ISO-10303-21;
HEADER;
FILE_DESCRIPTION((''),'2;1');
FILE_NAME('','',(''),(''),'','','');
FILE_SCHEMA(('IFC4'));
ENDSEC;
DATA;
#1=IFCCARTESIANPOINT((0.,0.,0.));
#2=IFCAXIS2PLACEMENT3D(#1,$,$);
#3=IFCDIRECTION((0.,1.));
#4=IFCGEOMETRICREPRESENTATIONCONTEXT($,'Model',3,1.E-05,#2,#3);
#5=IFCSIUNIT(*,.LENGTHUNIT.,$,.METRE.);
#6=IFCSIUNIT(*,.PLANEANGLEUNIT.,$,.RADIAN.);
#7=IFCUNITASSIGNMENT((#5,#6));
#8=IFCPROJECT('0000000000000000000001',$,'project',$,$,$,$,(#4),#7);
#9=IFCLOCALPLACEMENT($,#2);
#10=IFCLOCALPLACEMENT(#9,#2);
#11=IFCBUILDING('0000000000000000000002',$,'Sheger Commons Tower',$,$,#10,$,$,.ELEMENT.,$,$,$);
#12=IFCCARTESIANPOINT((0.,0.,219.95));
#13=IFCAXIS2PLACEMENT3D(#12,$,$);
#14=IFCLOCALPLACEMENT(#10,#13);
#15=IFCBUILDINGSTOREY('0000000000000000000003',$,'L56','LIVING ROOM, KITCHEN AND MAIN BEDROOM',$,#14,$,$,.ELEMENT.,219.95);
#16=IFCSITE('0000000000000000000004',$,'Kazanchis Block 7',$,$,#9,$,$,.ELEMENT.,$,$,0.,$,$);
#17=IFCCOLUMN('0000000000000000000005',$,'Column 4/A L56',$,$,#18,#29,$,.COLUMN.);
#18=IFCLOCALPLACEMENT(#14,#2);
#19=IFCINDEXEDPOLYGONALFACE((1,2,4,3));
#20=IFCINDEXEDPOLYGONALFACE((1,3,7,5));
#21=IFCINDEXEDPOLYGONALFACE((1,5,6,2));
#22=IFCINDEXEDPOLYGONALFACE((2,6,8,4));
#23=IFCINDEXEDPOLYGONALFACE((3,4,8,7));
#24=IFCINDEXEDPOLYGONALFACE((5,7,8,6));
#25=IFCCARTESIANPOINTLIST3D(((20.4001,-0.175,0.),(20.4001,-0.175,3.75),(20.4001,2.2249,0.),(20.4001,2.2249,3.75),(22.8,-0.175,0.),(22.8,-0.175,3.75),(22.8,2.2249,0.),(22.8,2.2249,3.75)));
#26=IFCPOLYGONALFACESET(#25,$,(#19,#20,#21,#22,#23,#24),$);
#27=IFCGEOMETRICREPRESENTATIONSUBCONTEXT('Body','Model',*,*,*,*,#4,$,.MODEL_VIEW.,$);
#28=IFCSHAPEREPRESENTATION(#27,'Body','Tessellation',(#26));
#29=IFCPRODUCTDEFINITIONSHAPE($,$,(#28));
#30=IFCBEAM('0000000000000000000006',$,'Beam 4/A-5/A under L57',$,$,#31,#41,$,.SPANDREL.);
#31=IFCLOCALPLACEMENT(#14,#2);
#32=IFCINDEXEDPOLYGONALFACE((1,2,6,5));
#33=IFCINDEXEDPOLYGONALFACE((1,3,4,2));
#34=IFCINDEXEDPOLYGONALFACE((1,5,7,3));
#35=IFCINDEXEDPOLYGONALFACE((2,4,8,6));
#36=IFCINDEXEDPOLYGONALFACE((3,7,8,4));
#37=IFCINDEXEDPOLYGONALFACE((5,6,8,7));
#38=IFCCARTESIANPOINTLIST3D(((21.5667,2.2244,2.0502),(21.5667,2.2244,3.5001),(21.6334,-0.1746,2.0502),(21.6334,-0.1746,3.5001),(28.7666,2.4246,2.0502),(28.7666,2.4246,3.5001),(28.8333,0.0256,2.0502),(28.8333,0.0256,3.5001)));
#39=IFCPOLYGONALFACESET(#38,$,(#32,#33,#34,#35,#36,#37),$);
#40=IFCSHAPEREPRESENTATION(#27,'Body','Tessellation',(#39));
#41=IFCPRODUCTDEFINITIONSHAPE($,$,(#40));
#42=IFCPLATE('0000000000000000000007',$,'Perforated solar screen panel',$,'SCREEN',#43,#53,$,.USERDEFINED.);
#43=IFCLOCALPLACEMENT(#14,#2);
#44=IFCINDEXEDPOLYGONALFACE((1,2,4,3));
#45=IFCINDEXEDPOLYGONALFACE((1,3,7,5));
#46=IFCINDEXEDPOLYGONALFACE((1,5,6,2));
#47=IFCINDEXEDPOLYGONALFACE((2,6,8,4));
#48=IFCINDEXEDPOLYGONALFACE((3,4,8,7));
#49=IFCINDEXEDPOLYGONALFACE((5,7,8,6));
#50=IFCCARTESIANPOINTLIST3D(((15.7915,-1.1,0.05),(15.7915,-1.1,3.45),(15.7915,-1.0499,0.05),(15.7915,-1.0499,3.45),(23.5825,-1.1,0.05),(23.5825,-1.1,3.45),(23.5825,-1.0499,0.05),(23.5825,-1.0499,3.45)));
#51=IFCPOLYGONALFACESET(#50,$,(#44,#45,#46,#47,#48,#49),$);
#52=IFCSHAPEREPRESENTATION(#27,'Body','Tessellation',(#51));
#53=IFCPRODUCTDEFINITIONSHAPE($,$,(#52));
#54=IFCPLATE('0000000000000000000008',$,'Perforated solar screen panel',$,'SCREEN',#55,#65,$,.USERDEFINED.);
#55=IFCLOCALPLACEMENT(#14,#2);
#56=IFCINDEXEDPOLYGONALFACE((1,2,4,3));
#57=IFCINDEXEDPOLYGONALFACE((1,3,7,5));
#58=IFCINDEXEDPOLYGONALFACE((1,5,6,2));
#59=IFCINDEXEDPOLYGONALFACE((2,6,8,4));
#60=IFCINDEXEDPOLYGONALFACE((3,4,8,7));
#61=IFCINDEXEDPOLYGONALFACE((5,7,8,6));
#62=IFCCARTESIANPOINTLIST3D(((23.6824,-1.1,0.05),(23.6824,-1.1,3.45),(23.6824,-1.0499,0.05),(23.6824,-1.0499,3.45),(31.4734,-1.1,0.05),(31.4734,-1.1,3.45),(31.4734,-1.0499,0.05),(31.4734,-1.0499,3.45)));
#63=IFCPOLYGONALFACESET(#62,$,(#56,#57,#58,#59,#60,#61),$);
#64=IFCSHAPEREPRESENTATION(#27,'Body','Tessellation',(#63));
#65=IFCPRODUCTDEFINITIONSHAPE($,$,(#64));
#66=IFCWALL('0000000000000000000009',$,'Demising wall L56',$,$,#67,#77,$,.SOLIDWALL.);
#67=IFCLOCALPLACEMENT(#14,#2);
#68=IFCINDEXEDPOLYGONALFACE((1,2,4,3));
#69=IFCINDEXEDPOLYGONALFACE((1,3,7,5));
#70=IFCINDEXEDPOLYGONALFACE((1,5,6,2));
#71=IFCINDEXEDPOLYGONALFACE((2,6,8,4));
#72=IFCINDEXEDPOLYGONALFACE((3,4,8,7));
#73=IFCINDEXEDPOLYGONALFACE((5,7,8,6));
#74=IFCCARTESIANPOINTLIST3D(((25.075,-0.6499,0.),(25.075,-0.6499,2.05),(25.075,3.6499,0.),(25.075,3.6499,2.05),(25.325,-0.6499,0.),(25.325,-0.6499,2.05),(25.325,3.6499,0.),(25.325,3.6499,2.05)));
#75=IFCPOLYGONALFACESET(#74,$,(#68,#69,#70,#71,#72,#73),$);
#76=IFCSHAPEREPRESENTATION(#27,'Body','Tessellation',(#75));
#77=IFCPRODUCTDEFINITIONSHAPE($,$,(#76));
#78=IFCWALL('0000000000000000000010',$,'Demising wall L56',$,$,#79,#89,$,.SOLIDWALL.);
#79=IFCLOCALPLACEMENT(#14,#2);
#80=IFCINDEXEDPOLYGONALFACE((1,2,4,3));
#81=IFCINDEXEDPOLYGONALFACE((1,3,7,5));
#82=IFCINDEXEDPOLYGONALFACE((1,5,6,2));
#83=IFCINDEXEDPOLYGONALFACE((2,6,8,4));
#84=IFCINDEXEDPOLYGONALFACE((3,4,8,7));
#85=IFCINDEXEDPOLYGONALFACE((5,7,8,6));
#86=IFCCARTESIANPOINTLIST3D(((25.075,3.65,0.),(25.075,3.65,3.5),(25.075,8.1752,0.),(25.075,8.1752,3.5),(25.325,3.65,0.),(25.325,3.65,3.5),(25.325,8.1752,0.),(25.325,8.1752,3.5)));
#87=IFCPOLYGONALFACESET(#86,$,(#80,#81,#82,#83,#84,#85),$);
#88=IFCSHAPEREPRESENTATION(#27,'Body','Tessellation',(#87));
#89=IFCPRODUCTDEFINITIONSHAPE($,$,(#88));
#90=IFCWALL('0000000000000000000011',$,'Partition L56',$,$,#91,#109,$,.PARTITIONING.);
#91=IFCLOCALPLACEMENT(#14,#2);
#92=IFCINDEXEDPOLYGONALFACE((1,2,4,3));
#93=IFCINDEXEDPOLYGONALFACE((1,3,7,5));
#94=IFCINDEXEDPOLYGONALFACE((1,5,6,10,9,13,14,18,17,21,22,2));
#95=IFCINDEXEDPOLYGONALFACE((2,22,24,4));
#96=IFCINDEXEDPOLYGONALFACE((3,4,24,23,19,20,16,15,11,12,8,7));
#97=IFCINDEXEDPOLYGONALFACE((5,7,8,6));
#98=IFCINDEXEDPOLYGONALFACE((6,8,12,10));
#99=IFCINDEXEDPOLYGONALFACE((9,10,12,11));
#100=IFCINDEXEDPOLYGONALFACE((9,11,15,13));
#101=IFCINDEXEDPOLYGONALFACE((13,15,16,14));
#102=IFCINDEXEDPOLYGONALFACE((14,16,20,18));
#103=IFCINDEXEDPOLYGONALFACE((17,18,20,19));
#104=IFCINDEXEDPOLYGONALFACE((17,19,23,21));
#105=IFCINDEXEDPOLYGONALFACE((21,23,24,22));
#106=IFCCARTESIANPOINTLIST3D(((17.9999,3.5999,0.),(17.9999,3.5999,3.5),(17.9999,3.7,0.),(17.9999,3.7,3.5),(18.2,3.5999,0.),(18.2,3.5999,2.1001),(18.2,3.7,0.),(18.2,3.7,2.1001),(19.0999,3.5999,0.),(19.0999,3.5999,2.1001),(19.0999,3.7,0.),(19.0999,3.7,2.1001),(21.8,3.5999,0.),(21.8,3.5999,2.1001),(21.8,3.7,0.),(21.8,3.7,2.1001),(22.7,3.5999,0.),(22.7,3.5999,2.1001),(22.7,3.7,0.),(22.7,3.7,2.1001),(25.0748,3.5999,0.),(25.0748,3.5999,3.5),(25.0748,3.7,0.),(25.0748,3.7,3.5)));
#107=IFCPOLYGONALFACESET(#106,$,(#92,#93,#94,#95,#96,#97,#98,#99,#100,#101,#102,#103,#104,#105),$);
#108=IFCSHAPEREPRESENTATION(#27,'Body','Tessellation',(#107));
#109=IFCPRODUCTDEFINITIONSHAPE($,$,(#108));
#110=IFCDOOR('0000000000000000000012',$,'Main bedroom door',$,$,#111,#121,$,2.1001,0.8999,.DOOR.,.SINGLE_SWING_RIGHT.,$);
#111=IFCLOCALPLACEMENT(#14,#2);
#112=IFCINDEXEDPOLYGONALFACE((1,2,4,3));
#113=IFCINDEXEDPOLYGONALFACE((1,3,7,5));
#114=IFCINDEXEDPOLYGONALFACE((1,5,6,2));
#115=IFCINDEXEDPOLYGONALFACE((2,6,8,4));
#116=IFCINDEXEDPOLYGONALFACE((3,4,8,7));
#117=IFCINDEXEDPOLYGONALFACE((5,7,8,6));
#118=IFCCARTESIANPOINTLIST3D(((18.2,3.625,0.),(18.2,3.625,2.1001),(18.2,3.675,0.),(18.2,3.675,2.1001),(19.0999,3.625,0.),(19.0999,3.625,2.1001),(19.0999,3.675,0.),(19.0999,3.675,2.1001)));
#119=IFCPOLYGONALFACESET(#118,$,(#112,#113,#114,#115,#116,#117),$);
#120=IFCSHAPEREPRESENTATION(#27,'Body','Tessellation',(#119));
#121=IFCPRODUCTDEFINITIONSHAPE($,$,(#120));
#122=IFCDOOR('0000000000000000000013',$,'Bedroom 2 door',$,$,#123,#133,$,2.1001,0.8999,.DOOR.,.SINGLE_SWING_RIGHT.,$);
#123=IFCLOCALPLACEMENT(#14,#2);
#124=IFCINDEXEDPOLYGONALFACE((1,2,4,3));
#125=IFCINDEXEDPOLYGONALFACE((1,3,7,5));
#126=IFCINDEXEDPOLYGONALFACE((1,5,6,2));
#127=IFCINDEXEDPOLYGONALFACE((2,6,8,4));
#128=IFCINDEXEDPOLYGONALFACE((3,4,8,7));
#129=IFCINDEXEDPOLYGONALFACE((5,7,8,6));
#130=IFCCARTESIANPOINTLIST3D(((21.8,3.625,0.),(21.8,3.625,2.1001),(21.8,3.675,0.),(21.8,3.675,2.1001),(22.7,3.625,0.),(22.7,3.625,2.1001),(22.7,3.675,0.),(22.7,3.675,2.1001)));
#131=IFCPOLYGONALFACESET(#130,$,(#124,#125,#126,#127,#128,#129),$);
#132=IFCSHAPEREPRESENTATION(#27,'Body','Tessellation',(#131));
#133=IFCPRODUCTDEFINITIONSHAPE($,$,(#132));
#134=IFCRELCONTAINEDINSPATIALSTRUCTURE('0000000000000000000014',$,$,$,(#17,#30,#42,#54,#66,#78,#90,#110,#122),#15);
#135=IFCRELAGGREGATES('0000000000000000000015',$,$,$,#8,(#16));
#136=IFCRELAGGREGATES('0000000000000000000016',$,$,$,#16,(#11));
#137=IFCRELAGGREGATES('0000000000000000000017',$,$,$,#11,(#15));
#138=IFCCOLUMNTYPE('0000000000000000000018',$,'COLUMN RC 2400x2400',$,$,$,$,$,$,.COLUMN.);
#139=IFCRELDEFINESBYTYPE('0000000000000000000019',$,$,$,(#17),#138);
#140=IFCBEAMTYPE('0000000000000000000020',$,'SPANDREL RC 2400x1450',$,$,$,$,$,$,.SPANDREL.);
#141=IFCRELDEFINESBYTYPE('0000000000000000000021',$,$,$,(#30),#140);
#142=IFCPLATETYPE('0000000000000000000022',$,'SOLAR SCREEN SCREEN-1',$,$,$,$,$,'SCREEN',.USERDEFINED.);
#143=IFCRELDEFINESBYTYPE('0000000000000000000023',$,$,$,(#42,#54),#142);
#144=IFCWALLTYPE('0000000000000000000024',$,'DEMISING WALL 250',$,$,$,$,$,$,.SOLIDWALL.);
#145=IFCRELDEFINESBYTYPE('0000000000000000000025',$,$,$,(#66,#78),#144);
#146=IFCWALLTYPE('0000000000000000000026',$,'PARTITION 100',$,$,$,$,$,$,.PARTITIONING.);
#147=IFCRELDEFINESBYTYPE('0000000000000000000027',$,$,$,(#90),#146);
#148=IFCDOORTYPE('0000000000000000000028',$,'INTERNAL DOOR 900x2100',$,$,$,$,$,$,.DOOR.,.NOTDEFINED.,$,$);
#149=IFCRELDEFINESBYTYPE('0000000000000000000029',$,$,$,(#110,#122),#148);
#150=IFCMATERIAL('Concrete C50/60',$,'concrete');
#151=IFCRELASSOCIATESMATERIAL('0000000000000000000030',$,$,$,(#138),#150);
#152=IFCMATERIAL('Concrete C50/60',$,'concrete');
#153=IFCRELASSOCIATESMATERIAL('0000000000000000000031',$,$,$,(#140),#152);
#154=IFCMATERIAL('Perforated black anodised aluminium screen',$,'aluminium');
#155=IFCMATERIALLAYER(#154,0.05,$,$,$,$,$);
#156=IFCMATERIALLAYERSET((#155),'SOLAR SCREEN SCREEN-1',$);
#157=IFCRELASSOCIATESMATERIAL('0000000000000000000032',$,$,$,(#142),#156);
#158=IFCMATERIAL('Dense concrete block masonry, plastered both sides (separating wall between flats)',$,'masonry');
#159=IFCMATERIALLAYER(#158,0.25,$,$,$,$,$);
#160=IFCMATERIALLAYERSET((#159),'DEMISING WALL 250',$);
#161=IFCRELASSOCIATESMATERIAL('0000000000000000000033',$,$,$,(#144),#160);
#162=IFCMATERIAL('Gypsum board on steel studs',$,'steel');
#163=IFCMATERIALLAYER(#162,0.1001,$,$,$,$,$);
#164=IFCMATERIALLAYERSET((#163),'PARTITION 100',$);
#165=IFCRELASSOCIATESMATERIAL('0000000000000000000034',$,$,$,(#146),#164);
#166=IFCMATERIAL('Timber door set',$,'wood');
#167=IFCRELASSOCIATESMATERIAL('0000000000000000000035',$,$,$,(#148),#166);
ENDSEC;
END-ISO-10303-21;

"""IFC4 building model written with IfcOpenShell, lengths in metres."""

from ifc_helpers import new_model, si_unit, direction, frame, frame_2d, origin, origin_2d, place, context, subcontext, project, spatial, rectangle, extrude, material, layer, layer_set, material_profile, profile_set, type_object, element, fill, save


model = new_model("IFC4")

# Units and contexts
model_context = context("Model", 3, precision=1e-05, world=origin(), true_north=direction((0.0, 1.0)))
body_context = subcontext(model_context, "Body", "Model", "MODEL_VIEW")
ifc_project = project(units=[si_unit("LENGTHUNIT", "METRE"), si_unit("PLANEANGLEUNIT", "RADIAN")], contexts=[model_context])

# Site, building, storey
site_placement = place(None, origin())
site = spatial("IfcSite", under=ifc_project, at=site_placement, Name="Kazanchis Block 7", CompositionType="ELEMENT", RefElevation=0.0)
building_placement = place(site_placement, origin())
building = spatial("IfcBuilding", under=site, at=building_placement, Name="Sheger Commons Tower", CompositionType="ELEMENT")
storey_placement = place(building_placement, frame((0.0, 0.0, 219.95)))
storey = spatial("IfcBuildingStorey", under=building, at=storey_placement, Name="L56", Description="LIVING ROOM, KITCHEN AND MAIN BEDROOM", CompositionType="ELEMENT", Elevation=219.95)

# Column
ifc_material_1 = material(Name="Concrete C50/60", Category="concrete")
ifc_material_profile_1 = material_profile(ifc_material_1, rectangle(XDim=2.3999, YDim=2.3999, at=origin_2d()), Name="RC 2400x2400")
ifc_profile_set_1 = profile_set([ifc_material_profile_1], Name="Concrete C50/60")
column_type = type_object("IfcColumnType", Name="COLUMN RC 2400x2400", PredefinedType="COLUMN", material=ifc_profile_set_1)
column_placement = place(storey_placement, frame((21.6001, 1.0249, 0.0), z_axis=(0.0, 0.0, 1.0), x_axis=(1.0, 0.0, 0.0)))
element("IfcColumn", 1, at=column_placement, inside=storey, type_object=column_type, Name="Column 4/A L56", PredefinedType="COLUMN", context=body_context, shape_type="SweptSolid", body=[
    extrude(rectangle(XDim=2.3999, YDim=2.3999, at=origin_2d()), origin(), (0.0, 0.0, 1.0), 3.75),
])

# Beam
ifc_material_2 = material(Name="Concrete C50/60", Category="concrete")
ifc_material_profile_2 = material_profile(ifc_material_2, rectangle(XDim=2.3999, YDim=1.45, at=origin_2d()), Name="RC 2400x1450")
ifc_profile_set_2 = profile_set([ifc_material_profile_2], Name="Concrete C50/60")
beam_type = type_object("IfcBeamType", Name="SPANDREL RC 2400x1450", PredefinedType="SPANDREL", material=ifc_profile_set_2)
beam_placement = place(storey_placement, frame((21.6001, 1.0249, 2.7751), z_axis=(0.999614, 0.027794, 0.0), x_axis=(-0.027794, 0.999614, 0.0)))
element("IfcBeam", 2, at=beam_placement, inside=storey, type_object=beam_type, Name="Beam 4/A-5/A under L57", PredefinedType="SPANDREL", context=body_context, shape_type="SweptSolid", body=[
    extrude(rectangle(XDim=2.3999, YDim=1.45, at=origin_2d()), origin(), (0.0, 0.0, 1.0), 7.2026),
])

# Plates
ifc_material_3 = material(Name="Perforated black anodised aluminium screen", Category="aluminium")
ifc_layer_1 = layer(ifc_material_3, 0.05)
ifc_layer_set_1 = layer_set([ifc_layer_1], Name="SOLAR SCREEN SCREEN-1")
plate_type = type_object("IfcPlateType", Name="SOLAR SCREEN SCREEN-1", ElementType="SCREEN", PredefinedType="USERDEFINED", material=ifc_layer_set_1)
for number, where, z_axis, x_axis, name in (
    (3, (19.687, -1.075, 0.05), (0.0, 0.0, 1.0), (1.0, 0.0, 0.0), "Perforated solar screen panel"),
    (4, (27.5779, -1.075, 0.05), (0.0, 0.0, 1.0), (1.0, 0.0, 0.0), "Perforated solar screen panel"),
):
    element("IfcPlate", number, at=place(storey_placement, frame(where, z_axis=z_axis, x_axis=x_axis)), inside=storey, type_object=plate_type, Name=name, ObjectType="SCREEN", PredefinedType="USERDEFINED", context=body_context, shape_type="SweptSolid", body=[
        extrude(rectangle(XDim=7.791, YDim=0.05, at=origin_2d()), origin(), (0.0, 0.0, 1.0), 3.3999),
    ])

# Walls
ifc_material_4 = material(Name="Dense concrete block masonry, plastered both sides (separating wall between flats)", Category="masonry")
ifc_layer_2 = layer(ifc_material_4, 0.25)
ifc_layer_set_2 = layer_set([ifc_layer_2], Name="DEMISING WALL 250")
wall_type_1 = type_object("IfcWallType", Name="DEMISING WALL 250", PredefinedType="SOLIDWALL", material=ifc_layer_set_2)
wall_1_placement = place(storey_placement, frame((25.2, -0.6499, 0.0), z_axis=(0.0, 0.0, 1.0), x_axis=(0.0, 1.0, 0.0)))
element("IfcWall", 5, at=wall_1_placement, inside=storey, type_object=wall_type_1, Name="Demising wall L56", PredefinedType="SOLIDWALL", context=body_context, shape_type="SweptSolid", body=[
    extrude(rectangle(XDim=4.2998, YDim=0.25, at=frame_2d((2.1499, 0.0))), origin(), (0.0, 0.0, 1.0), 2.05),
])
wall_2_placement = place(storey_placement, frame((25.2, 3.6499, 0.0), z_axis=(0.0, 0.0, 1.0), x_axis=(0.0, 1.0, 0.0)))
element("IfcWall", 6, at=wall_2_placement, inside=storey, type_object=wall_type_1, Name="Demising wall L56", PredefinedType="SOLIDWALL", context=body_context, shape_type="SweptSolid", body=[
    extrude(rectangle(XDim=4.5251, YDim=0.25, at=frame_2d((2.2627, 0.0))), origin(), (0.0, 0.0, 1.0), 3.5),
])

# Wall, openings, doors
ifc_material_5 = material(Name="Gypsum board on steel studs", Category="steel")
ifc_layer_3 = layer(ifc_material_5, 0.1001)
ifc_layer_set_3 = layer_set([ifc_layer_3], Name="PARTITION 100")
wall_type_2 = type_object("IfcWallType", Name="PARTITION 100", PredefinedType="PARTITIONING", material=ifc_layer_set_3)
wall_3_placement = place(storey_placement, frame((25.075, 3.6499, 0.0), z_axis=(0.0, 0.0, 1.0), x_axis=(-1.0, 0.0, 0.0)))
wall_3 = element("IfcWall", 7, at=wall_3_placement, inside=storey, type_object=wall_type_2, Name="Partition L56", PredefinedType="PARTITIONING", context=body_context, shape_type="SweptSolid", body=[
    extrude(rectangle(XDim=7.075, YDim=0.1001, at=frame_2d((3.5376, 0.0))), origin(), (0.0, 0.0, 1.0), 3.5),
])
opening_1_placement = place(wall_3_placement, frame((5.9751, 0.0, 0.0)))
opening_1 = element("IfcOpeningElement", 8, at=opening_1_placement, cuts=wall_3, PredefinedType="OPENING", context=body_context, shape_type="SweptSolid", body=[
    extrude(rectangle(XDim=0.8999, YDim=2.1001, at=frame_2d((0.45, 1.05))), frame((0.0, 0.0601, 0.0), z_axis=(0.0, -1.0, 0.0), x_axis=(1.0, 0.0, 0.0)), (0.0, 0.0, 1.0), 0.1201),
])
opening_2_placement = place(wall_3_placement, frame((2.375, 0.0, 0.0)))
opening_2 = element("IfcOpeningElement", 9, at=opening_2_placement, cuts=wall_3, PredefinedType="OPENING", context=body_context, shape_type="SweptSolid", body=[
    extrude(rectangle(XDim=0.8999, YDim=2.1001, at=frame_2d((0.45, 1.05))), frame((0.0, 0.0601, 0.0), z_axis=(0.0, -1.0, 0.0), x_axis=(1.0, 0.0, 0.0)), (0.0, 0.0, 1.0), 0.1201),
])
ifc_material_6 = material(Name="Timber door set", Category="wood")
door_type = type_object("IfcDoorType", Name="INTERNAL DOOR 900x2100", OperationType="NOTDEFINED", PredefinedType="DOOR", material=ifc_material_6)
door_1_placement = place(opening_1_placement, origin())
door_1 = element("IfcDoor", 10, at=door_1_placement, inside=storey, type_object=door_type, Name="Main bedroom door", OperationType="SINGLE_SWING_RIGHT", OverallHeight=2.1001, OverallWidth=0.8999, PredefinedType="DOOR", context=body_context, shape_type="SweptSolid", body=[
    extrude(rectangle(XDim=0.8999, YDim=2.1001, at=frame_2d((0.45, 1.05))), frame((0.0, 0.0249, 0.0), z_axis=(0.0, -1.0, 0.0), x_axis=(1.0, 0.0, 0.0)), (0.0, 0.0, 1.0), 0.05),
])
fill(opening_1, door_1)
door_2_placement = place(opening_2_placement, origin())
door_2 = element("IfcDoor", 11, at=door_2_placement, inside=storey, type_object=door_type, Name="Bedroom 2 door", OperationType="SINGLE_SWING_RIGHT", OverallHeight=2.1001, OverallWidth=0.8999, PredefinedType="DOOR", context=body_context, shape_type="SweptSolid", body=[
    extrude(rectangle(XDim=0.8999, YDim=2.1001, at=frame_2d((0.45, 1.05))), frame((0.0, 0.0249, 0.0), z_axis=(0.0, -1.0, 0.0), x_axis=(1.0, 0.0, 0.0)), (0.0, 0.0, 1.0), 0.05),
])
fill(opening_2, door_2)

save(model, "model.ifc")
